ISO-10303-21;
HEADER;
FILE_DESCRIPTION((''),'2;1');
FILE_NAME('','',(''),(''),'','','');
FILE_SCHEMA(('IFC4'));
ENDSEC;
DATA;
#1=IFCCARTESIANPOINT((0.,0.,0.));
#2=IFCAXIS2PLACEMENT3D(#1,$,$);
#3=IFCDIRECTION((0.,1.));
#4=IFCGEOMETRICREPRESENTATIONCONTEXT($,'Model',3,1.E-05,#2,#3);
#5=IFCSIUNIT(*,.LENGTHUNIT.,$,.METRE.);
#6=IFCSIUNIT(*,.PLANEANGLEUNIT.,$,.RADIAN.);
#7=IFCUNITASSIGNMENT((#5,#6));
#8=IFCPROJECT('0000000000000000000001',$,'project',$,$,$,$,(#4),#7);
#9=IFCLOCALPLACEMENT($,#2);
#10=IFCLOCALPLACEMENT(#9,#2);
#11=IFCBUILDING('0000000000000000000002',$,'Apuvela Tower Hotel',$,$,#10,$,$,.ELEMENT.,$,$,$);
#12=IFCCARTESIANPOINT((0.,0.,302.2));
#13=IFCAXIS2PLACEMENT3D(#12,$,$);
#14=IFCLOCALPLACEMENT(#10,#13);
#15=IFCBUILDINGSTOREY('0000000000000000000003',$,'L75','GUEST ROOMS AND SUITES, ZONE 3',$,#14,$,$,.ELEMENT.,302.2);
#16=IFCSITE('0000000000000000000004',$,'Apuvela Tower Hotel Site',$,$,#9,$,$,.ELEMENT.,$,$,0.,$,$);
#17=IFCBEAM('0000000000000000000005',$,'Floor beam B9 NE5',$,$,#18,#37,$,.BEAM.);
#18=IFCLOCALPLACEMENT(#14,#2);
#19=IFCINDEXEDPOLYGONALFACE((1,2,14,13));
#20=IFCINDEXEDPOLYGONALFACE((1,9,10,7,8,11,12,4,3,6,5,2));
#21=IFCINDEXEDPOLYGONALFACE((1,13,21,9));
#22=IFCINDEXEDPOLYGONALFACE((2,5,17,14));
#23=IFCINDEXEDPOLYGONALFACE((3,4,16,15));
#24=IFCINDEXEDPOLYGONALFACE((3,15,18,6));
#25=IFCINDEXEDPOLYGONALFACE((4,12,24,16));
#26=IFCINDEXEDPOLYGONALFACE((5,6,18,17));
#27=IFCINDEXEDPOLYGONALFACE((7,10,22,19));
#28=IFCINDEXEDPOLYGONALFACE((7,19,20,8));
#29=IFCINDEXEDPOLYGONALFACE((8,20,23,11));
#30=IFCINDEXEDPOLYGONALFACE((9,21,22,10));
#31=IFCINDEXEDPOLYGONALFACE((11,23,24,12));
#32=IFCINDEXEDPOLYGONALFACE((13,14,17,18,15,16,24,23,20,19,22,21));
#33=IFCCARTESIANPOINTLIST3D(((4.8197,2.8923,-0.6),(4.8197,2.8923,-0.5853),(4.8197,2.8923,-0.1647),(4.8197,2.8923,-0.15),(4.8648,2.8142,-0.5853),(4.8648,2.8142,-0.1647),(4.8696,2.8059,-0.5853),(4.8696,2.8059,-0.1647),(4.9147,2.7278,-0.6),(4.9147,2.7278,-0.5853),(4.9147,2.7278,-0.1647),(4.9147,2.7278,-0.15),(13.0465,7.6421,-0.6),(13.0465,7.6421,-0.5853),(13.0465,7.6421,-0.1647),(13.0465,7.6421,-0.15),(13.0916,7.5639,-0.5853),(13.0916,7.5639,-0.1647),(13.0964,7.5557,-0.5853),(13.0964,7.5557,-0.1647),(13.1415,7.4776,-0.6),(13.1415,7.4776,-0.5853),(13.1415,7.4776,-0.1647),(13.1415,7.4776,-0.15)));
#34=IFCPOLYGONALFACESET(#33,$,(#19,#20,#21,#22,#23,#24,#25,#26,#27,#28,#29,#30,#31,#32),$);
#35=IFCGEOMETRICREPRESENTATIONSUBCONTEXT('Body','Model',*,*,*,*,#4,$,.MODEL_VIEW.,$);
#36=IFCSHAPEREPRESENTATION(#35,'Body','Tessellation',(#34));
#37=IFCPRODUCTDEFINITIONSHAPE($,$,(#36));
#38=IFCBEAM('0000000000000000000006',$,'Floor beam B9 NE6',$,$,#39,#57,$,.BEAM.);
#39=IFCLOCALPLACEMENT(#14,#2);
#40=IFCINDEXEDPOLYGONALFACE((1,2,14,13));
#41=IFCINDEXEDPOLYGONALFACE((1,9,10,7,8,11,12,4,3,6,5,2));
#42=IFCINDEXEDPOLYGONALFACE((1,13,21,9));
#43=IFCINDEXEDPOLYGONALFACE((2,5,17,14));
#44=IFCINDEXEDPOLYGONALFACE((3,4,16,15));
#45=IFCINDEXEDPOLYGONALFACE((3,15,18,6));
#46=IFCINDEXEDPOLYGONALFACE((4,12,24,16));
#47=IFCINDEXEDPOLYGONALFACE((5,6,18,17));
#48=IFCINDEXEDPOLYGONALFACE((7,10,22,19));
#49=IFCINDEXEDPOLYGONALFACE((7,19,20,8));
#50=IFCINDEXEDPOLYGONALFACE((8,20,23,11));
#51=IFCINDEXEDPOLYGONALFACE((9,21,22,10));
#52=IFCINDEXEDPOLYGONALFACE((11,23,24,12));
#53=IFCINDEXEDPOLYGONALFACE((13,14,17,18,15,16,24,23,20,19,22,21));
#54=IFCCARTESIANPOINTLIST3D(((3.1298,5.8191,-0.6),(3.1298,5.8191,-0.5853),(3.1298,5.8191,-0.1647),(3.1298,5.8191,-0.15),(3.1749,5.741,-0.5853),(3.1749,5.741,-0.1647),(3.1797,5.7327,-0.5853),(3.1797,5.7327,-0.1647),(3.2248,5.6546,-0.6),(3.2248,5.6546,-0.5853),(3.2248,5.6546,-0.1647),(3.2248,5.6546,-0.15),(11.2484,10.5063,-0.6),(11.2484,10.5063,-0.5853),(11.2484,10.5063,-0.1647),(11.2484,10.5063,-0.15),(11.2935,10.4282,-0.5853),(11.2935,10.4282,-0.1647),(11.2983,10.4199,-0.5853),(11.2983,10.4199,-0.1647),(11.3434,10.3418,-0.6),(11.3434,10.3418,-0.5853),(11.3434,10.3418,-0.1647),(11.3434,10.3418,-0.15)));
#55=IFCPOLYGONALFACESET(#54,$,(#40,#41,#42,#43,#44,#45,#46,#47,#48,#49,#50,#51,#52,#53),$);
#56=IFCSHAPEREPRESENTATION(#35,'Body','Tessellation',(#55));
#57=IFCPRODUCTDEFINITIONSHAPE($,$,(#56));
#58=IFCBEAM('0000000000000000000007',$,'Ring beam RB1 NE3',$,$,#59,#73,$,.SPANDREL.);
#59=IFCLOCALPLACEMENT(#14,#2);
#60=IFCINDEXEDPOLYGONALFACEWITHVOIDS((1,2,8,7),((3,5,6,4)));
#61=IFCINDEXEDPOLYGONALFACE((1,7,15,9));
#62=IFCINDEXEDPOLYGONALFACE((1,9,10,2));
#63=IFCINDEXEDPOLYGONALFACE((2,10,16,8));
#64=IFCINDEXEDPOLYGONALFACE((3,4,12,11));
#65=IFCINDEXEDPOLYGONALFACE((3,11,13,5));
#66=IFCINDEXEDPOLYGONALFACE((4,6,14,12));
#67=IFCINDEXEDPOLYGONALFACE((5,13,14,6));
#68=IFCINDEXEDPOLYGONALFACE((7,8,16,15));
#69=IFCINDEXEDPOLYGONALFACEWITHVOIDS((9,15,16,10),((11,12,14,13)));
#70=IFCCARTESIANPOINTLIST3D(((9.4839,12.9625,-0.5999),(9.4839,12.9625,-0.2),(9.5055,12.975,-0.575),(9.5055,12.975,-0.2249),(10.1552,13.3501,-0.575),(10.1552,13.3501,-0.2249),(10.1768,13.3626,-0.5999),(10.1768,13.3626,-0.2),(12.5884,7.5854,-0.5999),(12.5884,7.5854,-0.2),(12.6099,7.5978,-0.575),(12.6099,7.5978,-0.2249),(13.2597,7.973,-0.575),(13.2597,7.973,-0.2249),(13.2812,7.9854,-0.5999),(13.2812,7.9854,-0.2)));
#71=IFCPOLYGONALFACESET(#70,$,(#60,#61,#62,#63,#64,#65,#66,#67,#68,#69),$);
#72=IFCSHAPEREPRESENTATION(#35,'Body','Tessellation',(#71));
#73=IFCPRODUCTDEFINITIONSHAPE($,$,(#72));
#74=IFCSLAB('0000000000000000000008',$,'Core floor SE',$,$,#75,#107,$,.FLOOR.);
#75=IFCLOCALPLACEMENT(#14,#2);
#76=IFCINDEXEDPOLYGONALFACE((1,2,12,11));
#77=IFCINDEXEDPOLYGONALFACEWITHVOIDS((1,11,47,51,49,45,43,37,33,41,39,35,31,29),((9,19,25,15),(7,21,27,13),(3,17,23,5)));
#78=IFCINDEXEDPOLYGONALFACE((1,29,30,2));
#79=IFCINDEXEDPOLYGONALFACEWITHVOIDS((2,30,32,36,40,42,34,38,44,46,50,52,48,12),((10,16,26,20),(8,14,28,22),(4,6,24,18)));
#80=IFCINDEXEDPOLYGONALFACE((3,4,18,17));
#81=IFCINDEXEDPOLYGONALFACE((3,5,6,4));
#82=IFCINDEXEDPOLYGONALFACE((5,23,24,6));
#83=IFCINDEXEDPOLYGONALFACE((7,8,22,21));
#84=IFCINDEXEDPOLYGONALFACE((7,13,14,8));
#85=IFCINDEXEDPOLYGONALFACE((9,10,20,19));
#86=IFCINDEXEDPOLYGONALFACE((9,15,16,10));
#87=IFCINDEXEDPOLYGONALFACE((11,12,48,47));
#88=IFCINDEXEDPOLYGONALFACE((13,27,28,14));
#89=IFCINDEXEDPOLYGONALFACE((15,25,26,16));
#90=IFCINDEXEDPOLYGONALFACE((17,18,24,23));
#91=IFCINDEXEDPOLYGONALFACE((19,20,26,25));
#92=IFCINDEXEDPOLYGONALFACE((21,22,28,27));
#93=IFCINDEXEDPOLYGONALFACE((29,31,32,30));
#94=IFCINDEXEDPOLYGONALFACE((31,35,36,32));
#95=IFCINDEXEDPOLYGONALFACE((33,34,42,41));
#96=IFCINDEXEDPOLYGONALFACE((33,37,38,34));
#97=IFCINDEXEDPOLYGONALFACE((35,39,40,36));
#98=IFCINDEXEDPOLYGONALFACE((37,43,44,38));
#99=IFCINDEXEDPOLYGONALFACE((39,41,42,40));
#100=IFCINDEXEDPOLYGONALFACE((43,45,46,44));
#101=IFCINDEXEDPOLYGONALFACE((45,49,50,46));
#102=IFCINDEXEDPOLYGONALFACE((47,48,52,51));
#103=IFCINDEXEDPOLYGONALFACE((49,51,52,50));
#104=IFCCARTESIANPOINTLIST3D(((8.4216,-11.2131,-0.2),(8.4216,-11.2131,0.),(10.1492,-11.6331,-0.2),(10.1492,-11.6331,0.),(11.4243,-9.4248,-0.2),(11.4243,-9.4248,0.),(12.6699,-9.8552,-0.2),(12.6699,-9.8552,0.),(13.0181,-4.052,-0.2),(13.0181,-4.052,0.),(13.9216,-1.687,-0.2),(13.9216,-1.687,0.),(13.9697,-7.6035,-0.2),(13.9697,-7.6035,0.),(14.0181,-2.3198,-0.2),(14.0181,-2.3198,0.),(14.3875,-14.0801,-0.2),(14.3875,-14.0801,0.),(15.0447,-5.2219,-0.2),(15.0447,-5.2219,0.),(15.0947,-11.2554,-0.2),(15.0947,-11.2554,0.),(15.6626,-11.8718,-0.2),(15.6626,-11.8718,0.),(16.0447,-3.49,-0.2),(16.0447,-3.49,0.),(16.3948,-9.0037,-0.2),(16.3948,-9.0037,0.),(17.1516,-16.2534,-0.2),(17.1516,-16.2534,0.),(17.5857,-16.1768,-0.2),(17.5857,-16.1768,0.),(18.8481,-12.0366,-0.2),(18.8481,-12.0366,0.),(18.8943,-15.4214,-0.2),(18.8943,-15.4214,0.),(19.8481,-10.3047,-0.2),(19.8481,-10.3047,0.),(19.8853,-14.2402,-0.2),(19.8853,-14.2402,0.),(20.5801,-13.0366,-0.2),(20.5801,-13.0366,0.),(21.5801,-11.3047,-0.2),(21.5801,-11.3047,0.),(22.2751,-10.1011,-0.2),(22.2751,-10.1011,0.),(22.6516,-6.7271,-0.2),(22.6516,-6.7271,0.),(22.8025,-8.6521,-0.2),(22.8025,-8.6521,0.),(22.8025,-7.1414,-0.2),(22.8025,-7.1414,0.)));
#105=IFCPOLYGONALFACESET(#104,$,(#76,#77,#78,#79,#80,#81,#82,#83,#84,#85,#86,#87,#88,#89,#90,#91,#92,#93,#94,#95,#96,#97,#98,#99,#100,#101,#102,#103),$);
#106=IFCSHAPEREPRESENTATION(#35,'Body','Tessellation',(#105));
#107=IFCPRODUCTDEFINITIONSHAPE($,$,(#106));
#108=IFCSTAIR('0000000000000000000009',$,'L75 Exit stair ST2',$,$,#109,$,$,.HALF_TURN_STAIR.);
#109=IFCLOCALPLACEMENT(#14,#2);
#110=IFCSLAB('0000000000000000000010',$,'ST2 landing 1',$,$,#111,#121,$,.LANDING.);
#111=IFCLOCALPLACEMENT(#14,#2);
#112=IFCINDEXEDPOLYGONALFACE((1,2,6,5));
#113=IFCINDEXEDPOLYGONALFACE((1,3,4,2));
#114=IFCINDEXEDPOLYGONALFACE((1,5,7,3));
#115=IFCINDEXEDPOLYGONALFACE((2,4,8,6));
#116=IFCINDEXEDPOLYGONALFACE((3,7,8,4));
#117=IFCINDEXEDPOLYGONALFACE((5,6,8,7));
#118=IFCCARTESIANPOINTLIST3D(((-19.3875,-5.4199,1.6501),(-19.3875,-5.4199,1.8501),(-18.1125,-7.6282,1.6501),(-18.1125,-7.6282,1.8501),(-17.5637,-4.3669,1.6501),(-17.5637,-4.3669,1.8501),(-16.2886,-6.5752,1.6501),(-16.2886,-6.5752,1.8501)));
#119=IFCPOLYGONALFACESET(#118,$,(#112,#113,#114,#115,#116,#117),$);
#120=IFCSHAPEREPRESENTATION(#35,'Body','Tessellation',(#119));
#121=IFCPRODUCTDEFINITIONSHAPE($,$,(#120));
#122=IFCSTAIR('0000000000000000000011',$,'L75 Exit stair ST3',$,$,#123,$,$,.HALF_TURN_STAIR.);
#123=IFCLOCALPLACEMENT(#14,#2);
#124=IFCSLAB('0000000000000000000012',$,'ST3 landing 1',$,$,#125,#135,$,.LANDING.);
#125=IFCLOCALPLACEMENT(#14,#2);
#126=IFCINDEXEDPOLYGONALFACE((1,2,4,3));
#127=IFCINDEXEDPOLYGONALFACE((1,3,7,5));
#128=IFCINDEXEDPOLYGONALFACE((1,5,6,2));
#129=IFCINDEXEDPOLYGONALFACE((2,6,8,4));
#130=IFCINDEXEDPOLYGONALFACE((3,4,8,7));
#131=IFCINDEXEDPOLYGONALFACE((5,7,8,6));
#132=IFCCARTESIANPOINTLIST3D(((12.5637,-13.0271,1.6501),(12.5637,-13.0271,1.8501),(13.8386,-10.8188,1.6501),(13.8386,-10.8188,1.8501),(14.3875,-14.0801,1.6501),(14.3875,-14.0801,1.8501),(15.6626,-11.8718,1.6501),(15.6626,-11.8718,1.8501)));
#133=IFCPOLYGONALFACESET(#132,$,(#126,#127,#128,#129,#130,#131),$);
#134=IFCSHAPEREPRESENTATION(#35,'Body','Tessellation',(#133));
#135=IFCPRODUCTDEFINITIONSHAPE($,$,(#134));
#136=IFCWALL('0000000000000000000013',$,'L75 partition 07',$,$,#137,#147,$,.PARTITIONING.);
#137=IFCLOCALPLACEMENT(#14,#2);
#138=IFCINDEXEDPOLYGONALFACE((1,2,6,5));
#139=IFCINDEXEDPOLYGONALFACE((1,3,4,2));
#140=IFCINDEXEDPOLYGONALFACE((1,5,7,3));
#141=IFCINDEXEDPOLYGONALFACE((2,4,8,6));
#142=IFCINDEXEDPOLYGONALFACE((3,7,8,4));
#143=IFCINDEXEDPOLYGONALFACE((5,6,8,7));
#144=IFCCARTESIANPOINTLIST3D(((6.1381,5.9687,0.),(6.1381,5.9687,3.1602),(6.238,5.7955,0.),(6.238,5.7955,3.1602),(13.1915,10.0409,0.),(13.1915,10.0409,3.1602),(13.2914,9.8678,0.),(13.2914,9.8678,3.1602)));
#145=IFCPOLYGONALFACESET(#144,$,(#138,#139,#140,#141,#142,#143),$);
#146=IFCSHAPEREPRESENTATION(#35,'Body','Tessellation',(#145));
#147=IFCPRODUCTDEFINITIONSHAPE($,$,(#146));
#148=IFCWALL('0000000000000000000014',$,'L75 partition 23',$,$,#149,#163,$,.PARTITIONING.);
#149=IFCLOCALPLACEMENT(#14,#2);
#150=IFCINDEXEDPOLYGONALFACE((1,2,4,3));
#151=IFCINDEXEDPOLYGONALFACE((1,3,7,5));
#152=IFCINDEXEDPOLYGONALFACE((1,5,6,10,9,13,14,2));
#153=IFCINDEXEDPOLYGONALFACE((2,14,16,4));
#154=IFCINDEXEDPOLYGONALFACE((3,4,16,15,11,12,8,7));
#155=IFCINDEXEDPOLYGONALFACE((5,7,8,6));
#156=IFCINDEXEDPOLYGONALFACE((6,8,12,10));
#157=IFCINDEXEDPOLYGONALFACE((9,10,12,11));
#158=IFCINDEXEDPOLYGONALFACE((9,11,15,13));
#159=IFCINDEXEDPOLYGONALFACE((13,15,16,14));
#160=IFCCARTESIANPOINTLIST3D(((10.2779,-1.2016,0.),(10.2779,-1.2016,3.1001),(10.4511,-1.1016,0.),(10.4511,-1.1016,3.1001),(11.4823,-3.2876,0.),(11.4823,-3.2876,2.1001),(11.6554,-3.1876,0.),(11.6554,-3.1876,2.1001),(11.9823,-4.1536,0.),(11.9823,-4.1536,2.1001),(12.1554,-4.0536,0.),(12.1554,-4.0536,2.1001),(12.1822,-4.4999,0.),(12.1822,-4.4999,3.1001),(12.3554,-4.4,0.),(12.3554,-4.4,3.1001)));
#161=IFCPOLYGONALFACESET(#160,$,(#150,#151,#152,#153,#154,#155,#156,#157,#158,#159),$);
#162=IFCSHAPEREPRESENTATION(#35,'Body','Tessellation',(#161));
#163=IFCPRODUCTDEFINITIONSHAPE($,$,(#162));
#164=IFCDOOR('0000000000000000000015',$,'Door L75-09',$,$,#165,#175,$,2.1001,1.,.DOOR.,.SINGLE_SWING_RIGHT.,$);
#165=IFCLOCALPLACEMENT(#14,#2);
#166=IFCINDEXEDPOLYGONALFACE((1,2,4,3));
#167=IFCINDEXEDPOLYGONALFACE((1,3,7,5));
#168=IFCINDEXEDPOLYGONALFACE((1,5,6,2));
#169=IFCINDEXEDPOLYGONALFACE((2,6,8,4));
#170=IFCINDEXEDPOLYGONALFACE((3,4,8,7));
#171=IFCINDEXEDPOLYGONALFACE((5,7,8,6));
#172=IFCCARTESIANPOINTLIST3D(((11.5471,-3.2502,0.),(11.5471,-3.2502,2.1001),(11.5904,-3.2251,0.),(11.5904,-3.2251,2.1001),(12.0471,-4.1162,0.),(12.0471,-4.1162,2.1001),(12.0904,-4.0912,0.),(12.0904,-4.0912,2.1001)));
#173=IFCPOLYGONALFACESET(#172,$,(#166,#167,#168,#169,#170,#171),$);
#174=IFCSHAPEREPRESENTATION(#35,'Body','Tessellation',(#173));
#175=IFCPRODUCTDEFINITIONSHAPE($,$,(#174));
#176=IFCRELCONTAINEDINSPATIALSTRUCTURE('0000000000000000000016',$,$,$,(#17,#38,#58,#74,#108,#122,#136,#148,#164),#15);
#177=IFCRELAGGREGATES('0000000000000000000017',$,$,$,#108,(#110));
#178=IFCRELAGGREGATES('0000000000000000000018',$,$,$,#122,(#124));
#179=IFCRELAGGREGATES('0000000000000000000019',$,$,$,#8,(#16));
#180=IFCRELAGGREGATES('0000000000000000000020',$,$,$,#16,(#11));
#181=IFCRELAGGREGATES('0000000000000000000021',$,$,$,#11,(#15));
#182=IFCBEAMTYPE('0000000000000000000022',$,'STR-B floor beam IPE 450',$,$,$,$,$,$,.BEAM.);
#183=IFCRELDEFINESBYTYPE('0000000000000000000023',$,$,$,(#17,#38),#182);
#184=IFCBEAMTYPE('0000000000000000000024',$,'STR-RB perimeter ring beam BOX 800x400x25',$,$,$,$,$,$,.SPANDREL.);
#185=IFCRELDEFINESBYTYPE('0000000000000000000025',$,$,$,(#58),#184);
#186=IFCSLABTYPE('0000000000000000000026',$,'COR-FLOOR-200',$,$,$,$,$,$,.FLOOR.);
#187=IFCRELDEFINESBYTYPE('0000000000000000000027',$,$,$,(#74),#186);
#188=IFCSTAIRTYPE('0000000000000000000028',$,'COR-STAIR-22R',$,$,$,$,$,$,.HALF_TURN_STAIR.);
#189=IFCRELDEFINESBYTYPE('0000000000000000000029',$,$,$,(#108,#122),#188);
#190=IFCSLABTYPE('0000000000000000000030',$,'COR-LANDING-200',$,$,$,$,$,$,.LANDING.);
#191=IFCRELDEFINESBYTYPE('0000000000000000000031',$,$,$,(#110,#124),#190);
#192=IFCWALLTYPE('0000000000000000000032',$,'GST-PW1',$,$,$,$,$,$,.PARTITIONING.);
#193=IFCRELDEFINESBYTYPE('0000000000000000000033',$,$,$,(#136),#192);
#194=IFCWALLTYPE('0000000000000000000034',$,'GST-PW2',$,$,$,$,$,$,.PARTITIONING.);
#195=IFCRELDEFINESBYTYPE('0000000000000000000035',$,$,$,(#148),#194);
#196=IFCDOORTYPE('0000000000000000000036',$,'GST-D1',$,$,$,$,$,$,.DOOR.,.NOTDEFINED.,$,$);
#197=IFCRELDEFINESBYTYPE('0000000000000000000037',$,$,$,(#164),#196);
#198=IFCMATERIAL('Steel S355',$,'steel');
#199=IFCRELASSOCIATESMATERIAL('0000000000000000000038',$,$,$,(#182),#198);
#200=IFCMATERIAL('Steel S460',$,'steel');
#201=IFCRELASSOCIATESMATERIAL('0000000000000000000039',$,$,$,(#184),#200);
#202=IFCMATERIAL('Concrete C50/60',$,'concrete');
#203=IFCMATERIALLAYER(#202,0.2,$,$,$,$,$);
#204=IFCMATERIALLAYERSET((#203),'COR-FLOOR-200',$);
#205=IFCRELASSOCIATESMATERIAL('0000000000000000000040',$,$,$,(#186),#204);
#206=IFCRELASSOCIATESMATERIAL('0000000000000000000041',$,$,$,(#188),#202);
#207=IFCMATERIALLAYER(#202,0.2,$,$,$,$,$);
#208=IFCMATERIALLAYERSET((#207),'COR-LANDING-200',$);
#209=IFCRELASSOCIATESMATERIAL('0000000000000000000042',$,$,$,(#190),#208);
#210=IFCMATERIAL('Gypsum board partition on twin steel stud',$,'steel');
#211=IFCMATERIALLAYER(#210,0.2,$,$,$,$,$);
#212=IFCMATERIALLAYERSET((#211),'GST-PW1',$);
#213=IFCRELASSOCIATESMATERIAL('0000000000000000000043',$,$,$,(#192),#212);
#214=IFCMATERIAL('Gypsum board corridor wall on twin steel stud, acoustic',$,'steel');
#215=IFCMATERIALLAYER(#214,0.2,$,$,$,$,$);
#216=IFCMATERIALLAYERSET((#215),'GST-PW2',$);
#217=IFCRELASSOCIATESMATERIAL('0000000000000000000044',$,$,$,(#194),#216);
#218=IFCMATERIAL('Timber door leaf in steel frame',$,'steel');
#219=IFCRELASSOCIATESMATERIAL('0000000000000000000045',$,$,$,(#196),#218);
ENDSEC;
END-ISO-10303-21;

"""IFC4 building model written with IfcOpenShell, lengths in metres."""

from ifc_helpers import new_model, si_unit, direction, frame, frame_2d, origin, origin_2d, place, context, subcontext, project, spatial, polyline, rectangle, hollow_rectangle, i_section, outline, extrude, material, layer, layer_set, material_profile, profile_set, type_object, element, fill, aggregate, save


model = new_model("IFC4")

# Units and contexts
model_context = context("Model", 3, precision=1e-05, world=origin(), true_north=direction((0.0, 1.0)))
body_context = subcontext(model_context, "Body", "Model", "MODEL_VIEW")
ifc_project = project(units=[si_unit("LENGTHUNIT", "METRE"), si_unit("PLANEANGLEUNIT", "RADIAN")], contexts=[model_context])

# Site, building, storey
site_placement = place(None, origin())
site = spatial("IfcSite", under=ifc_project, at=site_placement, Name="Apuvela Tower Hotel Site", CompositionType="ELEMENT", RefElevation=0.0)
building_placement = place(site_placement, origin())
building = spatial("IfcBuilding", under=site, at=building_placement, Name="Apuvela Tower Hotel", CompositionType="ELEMENT")
storey_placement = place(building_placement, frame((0.0, 0.0, 302.2)))
storey = spatial("IfcBuildingStorey", under=building, at=storey_placement, Name="L75", Description="GUEST ROOMS AND SUITES, ZONE 3", CompositionType="ELEMENT", Elevation=302.2)

# Beams
ifc_material_1 = material(Name="Steel S355", Category="steel")
ifc_material_profile_1 = material_profile(ifc_material_1, i_section(OverallWidth=0.1899, OverallDepth=0.45, WebThickness=0.0095, FlangeThickness=0.0146, at=origin_2d()), Name="IPE 450")
ifc_profile_set_1 = profile_set([ifc_material_profile_1], Name="Steel S355")
beam_type_1 = type_object("IfcBeamType", Name="STR-B floor beam IPE 450", PredefinedType="BEAM", material=ifc_profile_set_1)
beam_1_placement = place(storey_placement, frame((13.094, 7.5598, -0.375), z_axis=(-0.866025, -0.500001, 0.0), x_axis=(0.500001, -0.866025, 0.0)))
element("IfcBeam", 1, at=beam_1_placement, inside=storey, type_object=beam_type_1, Name="Floor beam B9 NE5", PredefinedType="BEAM", context=body_context, shape_type="SweptSolid", body=[
    extrude(i_section(OverallWidth=0.1899, OverallDepth=0.45, WebThickness=0.0095, FlangeThickness=0.0146, at=origin_2d()), origin(), (0.0, 0.0, 1.0), 9.4995),
])
beam_2_placement = place(storey_placement, frame((11.2959, 10.4241, -0.375), z_axis=(-0.866028, -0.499996, 0.0), x_axis=(0.499996, -0.866028, 0.0)))
element("IfcBeam", 2, at=beam_2_placement, inside=storey, type_object=beam_type_1, Name="Floor beam B9 NE6", PredefinedType="BEAM", context=body_context, shape_type="SweptSolid", body=[
    extrude(i_section(OverallWidth=0.1899, OverallDepth=0.45, WebThickness=0.0095, FlangeThickness=0.0146, at=origin_2d()), origin(), (0.0, 0.0, 1.0), 9.3745),
])
ifc_material_2 = material(Name="Steel S460", Category="steel")
ifc_material_profile_2 = material_profile(ifc_material_2, hollow_rectangle(XDim=0.8, YDim=0.3999, WallThickness=0.0249, at=origin_2d()), Name="BOX 800x400x25")
ifc_profile_set_2 = profile_set([ifc_material_profile_2], Name="Steel S460")
beam_type_2 = type_object("IfcBeamType", Name="STR-RB perimeter ring beam BOX 800x400x25", PredefinedType="SPANDREL", material=ifc_profile_set_2)
beam_3_placement = place(storey_placement, frame((12.9348, 7.7854, -0.3999), z_axis=(-0.499996, 0.866028, 0.0), x_axis=(-0.866028, -0.499996, 0.0)))
element("IfcBeam", 3, at=beam_3_placement, inside=storey, type_object=beam_type_2, Name="Ring beam RB1 NE3", PredefinedType="SPANDREL", context=body_context, shape_type="SweptSolid", body=[
    extrude(hollow_rectangle(XDim=0.8, YDim=0.3999, WallThickness=0.0249, at=origin_2d()), origin(), (0.0, 0.0, 1.0), 6.209),
])

# Slab
ifc_material_3 = material(Name="Concrete C50/60", Category="concrete")
ifc_layer_1 = layer(ifc_material_3, 0.2)
ifc_layer_set_1 = layer_set([ifc_layer_1], Name="COR-FLOOR-200")
slab_type_1 = type_object("IfcSlabType", Name="COR-FLOOR-200", PredefinedType="FLOOR", material=ifc_layer_set_1)
slab_1_placement = place(storey_placement, frame((0.0, 0.0, -0.2)))
element("IfcSlab", 4, at=slab_1_placement, inside=storey, type_object=slab_type_1, Name="Core floor SE", PredefinedType="FLOOR", context=body_context, shape_type="SweptSolid", body=[
    extrude(outline(polyline([(17.1516, -16.2534), (17.5857, -16.1768), (18.8943, -15.4214), (19.8853, -14.2402), (20.5801, -13.0366), (18.8481, -12.0366), (19.8481, -10.3047), (21.5801, -11.3047), (22.2751, -10.1011), (22.8025, -8.6521), (22.8025, -7.1414), (22.6516, -6.7271), (13.9216, -1.687), (8.4216, -11.2131), (17.1516, -16.2534)]), holes=[polyline([(14.0181, -2.3198), (16.0447, -3.49), (15.0447, -5.2219), (13.0181, -4.052), (14.0181, -2.3198)]), polyline([(10.1492, -11.6331), (11.4243, -9.4248), (15.6626, -11.8718), (14.3875, -14.0801), (10.1492, -11.6331)]), polyline([(12.6699, -9.8552), (13.9697, -7.6035), (16.3948, -9.0037), (15.0947, -11.2554), (12.6699, -9.8552)])]), origin(), (0.0, 0.0, 1.0), 0.2),
])

# Stairs, slabs
stair_type = type_object("IfcStairType", Name="COR-STAIR-22R", PredefinedType="HALF_TURN_STAIR", material=ifc_material_3)
stair_1_placement = place(storey_placement, origin())
stair_1 = element("IfcStair", 5, at=stair_1_placement, inside=storey, type_object=stair_type, Name="L75 Exit stair ST2", PredefinedType="HALF_TURN_STAIR")
ifc_layer_2 = layer(ifc_material_3, 0.2)
ifc_layer_set_2 = layer_set([ifc_layer_2], Name="COR-LANDING-200")
slab_type_2 = type_object("IfcSlabType", Name="COR-LANDING-200", PredefinedType="LANDING", material=ifc_layer_set_2)
slab_2_placement = place(storey_placement, frame((0.0, 0.0, 1.6501)))
slab_2 = element("IfcSlab", 6, at=slab_2_placement, type_object=slab_type_2, Name="ST2 landing 1", PredefinedType="LANDING", context=body_context, shape_type="SweptSolid", body=[
    extrude(outline(polyline([(-17.5637, -4.3669), (-19.3875, -5.4199), (-18.1125, -7.6282), (-16.2886, -6.5752), (-17.5637, -4.3669)])), origin(), (0.0, 0.0, 1.0), 0.2),
])
aggregate(stair_1, [slab_2])
stair_2_placement = place(storey_placement, origin())
stair_2 = element("IfcStair", 7, at=stair_2_placement, inside=storey, type_object=stair_type, Name="L75 Exit stair ST3", PredefinedType="HALF_TURN_STAIR")
slab_3_placement = place(storey_placement, frame((0.0, 0.0, 1.6501)))
slab_3 = element("IfcSlab", 8, at=slab_3_placement, type_object=slab_type_2, Name="ST3 landing 1", PredefinedType="LANDING", context=body_context, shape_type="SweptSolid", body=[
    extrude(outline(polyline([(12.5637, -13.0271), (14.3875, -14.0801), (15.6626, -11.8718), (13.8386, -10.8188), (12.5637, -13.0271)])), origin(), (0.0, 0.0, 1.0), 0.2),
])
aggregate(stair_2, [slab_3])

# Wall
ifc_material_4 = material(Name="Gypsum board partition on twin steel stud", Category="steel")
ifc_layer_3 = layer(ifc_material_4, 0.2)
ifc_layer_set_3 = layer_set([ifc_layer_3], Name="GST-PW1")
wall_type_1 = type_object("IfcWallType", Name="GST-PW1", PredefinedType="PARTITIONING", material=ifc_layer_set_3)
wall_1_placement = place(storey_placement, frame((13.2415, 9.9543, 0.0), z_axis=(0.0, 0.0, 1.0), x_axis=(-0.866028, -0.499995, 0.0)))
element("IfcWall", 9, at=wall_1_placement, inside=storey, type_object=wall_type_1, Name="L75 partition 07", PredefinedType="PARTITIONING", context=body_context, shape_type="SweptSolid", body=[
    extrude(rectangle(XDim=8.1445, YDim=0.2, at=frame_2d((4.0723, 0.0))), origin(), (0.0, 0.0, 1.0), 3.1602),
])

# Wall, opening, door
ifc_material_5 = material(Name="Gypsum board corridor wall on twin steel stud, acoustic", Category="steel")
ifc_layer_4 = layer(ifc_material_5, 0.2)
ifc_layer_set_4 = layer_set([ifc_layer_4], Name="GST-PW2")
wall_type_2 = type_object("IfcWallType", Name="GST-PW2", PredefinedType="PARTITIONING", material=ifc_layer_set_4)
wall_2_placement = place(storey_placement, frame((10.3645, -1.1516, 0.0), z_axis=(0.0, 0.0, 1.0), x_axis=(0.5, -0.866025, 0.0)))
wall_2 = element("IfcWall", 10, at=wall_2_placement, inside=storey, type_object=wall_type_2, Name="L75 partition 23", PredefinedType="PARTITIONING", context=body_context, shape_type="SweptSolid", body=[
    extrude(rectangle(XDim=3.8086, YDim=0.2, at=frame_2d((1.9043, 0.0))), origin(), (0.0, 0.0, 1.0), 3.1001),
])
opening_1_placement = place(wall_2_placement, frame((2.4087, 0.0, 0.0)))
opening_1 = element("IfcOpeningElement", 11, at=opening_1_placement, cuts=wall_2, PredefinedType="OPENING", context=body_context, shape_type="SweptSolid", body=[
    extrude(rectangle(XDim=1.0, YDim=2.1001, at=frame_2d((0.5, 1.05))), frame((0.0, 0.1099, 0.0), z_axis=(0.0, -1.0, 0.0), x_axis=(1.0, 0.0, 0.0)), (0.0, 0.0, 1.0), 0.22),
])
ifc_material_6 = material(Name="Timber door leaf in steel frame", Category="steel")
door_type_1 = type_object("IfcDoorType", Name="GST-D1", OperationType="NOTDEFINED", PredefinedType="DOOR", material=ifc_material_6)
door_1_placement = place(opening_1_placement, origin())
door_1 = element("IfcDoor", 12, at=door_1_placement, inside=storey, type_object=door_type_1, Name="Door L75-09", OperationType="SINGLE_SWING_RIGHT", OverallHeight=2.1001, OverallWidth=1.0, PredefinedType="DOOR", context=body_context, shape_type="SweptSolid", body=[
    extrude(rectangle(XDim=1.0, YDim=2.1001, at=frame_2d((0.5, 1.05))), frame((0.0, 0.0249, 0.0), z_axis=(0.0, -1.0, 0.0), x_axis=(1.0, 0.0, 0.0)), (0.0, 0.0, 1.0), 0.05),
])
fill(opening_1, door_1)

save(model, "model.ifc")
